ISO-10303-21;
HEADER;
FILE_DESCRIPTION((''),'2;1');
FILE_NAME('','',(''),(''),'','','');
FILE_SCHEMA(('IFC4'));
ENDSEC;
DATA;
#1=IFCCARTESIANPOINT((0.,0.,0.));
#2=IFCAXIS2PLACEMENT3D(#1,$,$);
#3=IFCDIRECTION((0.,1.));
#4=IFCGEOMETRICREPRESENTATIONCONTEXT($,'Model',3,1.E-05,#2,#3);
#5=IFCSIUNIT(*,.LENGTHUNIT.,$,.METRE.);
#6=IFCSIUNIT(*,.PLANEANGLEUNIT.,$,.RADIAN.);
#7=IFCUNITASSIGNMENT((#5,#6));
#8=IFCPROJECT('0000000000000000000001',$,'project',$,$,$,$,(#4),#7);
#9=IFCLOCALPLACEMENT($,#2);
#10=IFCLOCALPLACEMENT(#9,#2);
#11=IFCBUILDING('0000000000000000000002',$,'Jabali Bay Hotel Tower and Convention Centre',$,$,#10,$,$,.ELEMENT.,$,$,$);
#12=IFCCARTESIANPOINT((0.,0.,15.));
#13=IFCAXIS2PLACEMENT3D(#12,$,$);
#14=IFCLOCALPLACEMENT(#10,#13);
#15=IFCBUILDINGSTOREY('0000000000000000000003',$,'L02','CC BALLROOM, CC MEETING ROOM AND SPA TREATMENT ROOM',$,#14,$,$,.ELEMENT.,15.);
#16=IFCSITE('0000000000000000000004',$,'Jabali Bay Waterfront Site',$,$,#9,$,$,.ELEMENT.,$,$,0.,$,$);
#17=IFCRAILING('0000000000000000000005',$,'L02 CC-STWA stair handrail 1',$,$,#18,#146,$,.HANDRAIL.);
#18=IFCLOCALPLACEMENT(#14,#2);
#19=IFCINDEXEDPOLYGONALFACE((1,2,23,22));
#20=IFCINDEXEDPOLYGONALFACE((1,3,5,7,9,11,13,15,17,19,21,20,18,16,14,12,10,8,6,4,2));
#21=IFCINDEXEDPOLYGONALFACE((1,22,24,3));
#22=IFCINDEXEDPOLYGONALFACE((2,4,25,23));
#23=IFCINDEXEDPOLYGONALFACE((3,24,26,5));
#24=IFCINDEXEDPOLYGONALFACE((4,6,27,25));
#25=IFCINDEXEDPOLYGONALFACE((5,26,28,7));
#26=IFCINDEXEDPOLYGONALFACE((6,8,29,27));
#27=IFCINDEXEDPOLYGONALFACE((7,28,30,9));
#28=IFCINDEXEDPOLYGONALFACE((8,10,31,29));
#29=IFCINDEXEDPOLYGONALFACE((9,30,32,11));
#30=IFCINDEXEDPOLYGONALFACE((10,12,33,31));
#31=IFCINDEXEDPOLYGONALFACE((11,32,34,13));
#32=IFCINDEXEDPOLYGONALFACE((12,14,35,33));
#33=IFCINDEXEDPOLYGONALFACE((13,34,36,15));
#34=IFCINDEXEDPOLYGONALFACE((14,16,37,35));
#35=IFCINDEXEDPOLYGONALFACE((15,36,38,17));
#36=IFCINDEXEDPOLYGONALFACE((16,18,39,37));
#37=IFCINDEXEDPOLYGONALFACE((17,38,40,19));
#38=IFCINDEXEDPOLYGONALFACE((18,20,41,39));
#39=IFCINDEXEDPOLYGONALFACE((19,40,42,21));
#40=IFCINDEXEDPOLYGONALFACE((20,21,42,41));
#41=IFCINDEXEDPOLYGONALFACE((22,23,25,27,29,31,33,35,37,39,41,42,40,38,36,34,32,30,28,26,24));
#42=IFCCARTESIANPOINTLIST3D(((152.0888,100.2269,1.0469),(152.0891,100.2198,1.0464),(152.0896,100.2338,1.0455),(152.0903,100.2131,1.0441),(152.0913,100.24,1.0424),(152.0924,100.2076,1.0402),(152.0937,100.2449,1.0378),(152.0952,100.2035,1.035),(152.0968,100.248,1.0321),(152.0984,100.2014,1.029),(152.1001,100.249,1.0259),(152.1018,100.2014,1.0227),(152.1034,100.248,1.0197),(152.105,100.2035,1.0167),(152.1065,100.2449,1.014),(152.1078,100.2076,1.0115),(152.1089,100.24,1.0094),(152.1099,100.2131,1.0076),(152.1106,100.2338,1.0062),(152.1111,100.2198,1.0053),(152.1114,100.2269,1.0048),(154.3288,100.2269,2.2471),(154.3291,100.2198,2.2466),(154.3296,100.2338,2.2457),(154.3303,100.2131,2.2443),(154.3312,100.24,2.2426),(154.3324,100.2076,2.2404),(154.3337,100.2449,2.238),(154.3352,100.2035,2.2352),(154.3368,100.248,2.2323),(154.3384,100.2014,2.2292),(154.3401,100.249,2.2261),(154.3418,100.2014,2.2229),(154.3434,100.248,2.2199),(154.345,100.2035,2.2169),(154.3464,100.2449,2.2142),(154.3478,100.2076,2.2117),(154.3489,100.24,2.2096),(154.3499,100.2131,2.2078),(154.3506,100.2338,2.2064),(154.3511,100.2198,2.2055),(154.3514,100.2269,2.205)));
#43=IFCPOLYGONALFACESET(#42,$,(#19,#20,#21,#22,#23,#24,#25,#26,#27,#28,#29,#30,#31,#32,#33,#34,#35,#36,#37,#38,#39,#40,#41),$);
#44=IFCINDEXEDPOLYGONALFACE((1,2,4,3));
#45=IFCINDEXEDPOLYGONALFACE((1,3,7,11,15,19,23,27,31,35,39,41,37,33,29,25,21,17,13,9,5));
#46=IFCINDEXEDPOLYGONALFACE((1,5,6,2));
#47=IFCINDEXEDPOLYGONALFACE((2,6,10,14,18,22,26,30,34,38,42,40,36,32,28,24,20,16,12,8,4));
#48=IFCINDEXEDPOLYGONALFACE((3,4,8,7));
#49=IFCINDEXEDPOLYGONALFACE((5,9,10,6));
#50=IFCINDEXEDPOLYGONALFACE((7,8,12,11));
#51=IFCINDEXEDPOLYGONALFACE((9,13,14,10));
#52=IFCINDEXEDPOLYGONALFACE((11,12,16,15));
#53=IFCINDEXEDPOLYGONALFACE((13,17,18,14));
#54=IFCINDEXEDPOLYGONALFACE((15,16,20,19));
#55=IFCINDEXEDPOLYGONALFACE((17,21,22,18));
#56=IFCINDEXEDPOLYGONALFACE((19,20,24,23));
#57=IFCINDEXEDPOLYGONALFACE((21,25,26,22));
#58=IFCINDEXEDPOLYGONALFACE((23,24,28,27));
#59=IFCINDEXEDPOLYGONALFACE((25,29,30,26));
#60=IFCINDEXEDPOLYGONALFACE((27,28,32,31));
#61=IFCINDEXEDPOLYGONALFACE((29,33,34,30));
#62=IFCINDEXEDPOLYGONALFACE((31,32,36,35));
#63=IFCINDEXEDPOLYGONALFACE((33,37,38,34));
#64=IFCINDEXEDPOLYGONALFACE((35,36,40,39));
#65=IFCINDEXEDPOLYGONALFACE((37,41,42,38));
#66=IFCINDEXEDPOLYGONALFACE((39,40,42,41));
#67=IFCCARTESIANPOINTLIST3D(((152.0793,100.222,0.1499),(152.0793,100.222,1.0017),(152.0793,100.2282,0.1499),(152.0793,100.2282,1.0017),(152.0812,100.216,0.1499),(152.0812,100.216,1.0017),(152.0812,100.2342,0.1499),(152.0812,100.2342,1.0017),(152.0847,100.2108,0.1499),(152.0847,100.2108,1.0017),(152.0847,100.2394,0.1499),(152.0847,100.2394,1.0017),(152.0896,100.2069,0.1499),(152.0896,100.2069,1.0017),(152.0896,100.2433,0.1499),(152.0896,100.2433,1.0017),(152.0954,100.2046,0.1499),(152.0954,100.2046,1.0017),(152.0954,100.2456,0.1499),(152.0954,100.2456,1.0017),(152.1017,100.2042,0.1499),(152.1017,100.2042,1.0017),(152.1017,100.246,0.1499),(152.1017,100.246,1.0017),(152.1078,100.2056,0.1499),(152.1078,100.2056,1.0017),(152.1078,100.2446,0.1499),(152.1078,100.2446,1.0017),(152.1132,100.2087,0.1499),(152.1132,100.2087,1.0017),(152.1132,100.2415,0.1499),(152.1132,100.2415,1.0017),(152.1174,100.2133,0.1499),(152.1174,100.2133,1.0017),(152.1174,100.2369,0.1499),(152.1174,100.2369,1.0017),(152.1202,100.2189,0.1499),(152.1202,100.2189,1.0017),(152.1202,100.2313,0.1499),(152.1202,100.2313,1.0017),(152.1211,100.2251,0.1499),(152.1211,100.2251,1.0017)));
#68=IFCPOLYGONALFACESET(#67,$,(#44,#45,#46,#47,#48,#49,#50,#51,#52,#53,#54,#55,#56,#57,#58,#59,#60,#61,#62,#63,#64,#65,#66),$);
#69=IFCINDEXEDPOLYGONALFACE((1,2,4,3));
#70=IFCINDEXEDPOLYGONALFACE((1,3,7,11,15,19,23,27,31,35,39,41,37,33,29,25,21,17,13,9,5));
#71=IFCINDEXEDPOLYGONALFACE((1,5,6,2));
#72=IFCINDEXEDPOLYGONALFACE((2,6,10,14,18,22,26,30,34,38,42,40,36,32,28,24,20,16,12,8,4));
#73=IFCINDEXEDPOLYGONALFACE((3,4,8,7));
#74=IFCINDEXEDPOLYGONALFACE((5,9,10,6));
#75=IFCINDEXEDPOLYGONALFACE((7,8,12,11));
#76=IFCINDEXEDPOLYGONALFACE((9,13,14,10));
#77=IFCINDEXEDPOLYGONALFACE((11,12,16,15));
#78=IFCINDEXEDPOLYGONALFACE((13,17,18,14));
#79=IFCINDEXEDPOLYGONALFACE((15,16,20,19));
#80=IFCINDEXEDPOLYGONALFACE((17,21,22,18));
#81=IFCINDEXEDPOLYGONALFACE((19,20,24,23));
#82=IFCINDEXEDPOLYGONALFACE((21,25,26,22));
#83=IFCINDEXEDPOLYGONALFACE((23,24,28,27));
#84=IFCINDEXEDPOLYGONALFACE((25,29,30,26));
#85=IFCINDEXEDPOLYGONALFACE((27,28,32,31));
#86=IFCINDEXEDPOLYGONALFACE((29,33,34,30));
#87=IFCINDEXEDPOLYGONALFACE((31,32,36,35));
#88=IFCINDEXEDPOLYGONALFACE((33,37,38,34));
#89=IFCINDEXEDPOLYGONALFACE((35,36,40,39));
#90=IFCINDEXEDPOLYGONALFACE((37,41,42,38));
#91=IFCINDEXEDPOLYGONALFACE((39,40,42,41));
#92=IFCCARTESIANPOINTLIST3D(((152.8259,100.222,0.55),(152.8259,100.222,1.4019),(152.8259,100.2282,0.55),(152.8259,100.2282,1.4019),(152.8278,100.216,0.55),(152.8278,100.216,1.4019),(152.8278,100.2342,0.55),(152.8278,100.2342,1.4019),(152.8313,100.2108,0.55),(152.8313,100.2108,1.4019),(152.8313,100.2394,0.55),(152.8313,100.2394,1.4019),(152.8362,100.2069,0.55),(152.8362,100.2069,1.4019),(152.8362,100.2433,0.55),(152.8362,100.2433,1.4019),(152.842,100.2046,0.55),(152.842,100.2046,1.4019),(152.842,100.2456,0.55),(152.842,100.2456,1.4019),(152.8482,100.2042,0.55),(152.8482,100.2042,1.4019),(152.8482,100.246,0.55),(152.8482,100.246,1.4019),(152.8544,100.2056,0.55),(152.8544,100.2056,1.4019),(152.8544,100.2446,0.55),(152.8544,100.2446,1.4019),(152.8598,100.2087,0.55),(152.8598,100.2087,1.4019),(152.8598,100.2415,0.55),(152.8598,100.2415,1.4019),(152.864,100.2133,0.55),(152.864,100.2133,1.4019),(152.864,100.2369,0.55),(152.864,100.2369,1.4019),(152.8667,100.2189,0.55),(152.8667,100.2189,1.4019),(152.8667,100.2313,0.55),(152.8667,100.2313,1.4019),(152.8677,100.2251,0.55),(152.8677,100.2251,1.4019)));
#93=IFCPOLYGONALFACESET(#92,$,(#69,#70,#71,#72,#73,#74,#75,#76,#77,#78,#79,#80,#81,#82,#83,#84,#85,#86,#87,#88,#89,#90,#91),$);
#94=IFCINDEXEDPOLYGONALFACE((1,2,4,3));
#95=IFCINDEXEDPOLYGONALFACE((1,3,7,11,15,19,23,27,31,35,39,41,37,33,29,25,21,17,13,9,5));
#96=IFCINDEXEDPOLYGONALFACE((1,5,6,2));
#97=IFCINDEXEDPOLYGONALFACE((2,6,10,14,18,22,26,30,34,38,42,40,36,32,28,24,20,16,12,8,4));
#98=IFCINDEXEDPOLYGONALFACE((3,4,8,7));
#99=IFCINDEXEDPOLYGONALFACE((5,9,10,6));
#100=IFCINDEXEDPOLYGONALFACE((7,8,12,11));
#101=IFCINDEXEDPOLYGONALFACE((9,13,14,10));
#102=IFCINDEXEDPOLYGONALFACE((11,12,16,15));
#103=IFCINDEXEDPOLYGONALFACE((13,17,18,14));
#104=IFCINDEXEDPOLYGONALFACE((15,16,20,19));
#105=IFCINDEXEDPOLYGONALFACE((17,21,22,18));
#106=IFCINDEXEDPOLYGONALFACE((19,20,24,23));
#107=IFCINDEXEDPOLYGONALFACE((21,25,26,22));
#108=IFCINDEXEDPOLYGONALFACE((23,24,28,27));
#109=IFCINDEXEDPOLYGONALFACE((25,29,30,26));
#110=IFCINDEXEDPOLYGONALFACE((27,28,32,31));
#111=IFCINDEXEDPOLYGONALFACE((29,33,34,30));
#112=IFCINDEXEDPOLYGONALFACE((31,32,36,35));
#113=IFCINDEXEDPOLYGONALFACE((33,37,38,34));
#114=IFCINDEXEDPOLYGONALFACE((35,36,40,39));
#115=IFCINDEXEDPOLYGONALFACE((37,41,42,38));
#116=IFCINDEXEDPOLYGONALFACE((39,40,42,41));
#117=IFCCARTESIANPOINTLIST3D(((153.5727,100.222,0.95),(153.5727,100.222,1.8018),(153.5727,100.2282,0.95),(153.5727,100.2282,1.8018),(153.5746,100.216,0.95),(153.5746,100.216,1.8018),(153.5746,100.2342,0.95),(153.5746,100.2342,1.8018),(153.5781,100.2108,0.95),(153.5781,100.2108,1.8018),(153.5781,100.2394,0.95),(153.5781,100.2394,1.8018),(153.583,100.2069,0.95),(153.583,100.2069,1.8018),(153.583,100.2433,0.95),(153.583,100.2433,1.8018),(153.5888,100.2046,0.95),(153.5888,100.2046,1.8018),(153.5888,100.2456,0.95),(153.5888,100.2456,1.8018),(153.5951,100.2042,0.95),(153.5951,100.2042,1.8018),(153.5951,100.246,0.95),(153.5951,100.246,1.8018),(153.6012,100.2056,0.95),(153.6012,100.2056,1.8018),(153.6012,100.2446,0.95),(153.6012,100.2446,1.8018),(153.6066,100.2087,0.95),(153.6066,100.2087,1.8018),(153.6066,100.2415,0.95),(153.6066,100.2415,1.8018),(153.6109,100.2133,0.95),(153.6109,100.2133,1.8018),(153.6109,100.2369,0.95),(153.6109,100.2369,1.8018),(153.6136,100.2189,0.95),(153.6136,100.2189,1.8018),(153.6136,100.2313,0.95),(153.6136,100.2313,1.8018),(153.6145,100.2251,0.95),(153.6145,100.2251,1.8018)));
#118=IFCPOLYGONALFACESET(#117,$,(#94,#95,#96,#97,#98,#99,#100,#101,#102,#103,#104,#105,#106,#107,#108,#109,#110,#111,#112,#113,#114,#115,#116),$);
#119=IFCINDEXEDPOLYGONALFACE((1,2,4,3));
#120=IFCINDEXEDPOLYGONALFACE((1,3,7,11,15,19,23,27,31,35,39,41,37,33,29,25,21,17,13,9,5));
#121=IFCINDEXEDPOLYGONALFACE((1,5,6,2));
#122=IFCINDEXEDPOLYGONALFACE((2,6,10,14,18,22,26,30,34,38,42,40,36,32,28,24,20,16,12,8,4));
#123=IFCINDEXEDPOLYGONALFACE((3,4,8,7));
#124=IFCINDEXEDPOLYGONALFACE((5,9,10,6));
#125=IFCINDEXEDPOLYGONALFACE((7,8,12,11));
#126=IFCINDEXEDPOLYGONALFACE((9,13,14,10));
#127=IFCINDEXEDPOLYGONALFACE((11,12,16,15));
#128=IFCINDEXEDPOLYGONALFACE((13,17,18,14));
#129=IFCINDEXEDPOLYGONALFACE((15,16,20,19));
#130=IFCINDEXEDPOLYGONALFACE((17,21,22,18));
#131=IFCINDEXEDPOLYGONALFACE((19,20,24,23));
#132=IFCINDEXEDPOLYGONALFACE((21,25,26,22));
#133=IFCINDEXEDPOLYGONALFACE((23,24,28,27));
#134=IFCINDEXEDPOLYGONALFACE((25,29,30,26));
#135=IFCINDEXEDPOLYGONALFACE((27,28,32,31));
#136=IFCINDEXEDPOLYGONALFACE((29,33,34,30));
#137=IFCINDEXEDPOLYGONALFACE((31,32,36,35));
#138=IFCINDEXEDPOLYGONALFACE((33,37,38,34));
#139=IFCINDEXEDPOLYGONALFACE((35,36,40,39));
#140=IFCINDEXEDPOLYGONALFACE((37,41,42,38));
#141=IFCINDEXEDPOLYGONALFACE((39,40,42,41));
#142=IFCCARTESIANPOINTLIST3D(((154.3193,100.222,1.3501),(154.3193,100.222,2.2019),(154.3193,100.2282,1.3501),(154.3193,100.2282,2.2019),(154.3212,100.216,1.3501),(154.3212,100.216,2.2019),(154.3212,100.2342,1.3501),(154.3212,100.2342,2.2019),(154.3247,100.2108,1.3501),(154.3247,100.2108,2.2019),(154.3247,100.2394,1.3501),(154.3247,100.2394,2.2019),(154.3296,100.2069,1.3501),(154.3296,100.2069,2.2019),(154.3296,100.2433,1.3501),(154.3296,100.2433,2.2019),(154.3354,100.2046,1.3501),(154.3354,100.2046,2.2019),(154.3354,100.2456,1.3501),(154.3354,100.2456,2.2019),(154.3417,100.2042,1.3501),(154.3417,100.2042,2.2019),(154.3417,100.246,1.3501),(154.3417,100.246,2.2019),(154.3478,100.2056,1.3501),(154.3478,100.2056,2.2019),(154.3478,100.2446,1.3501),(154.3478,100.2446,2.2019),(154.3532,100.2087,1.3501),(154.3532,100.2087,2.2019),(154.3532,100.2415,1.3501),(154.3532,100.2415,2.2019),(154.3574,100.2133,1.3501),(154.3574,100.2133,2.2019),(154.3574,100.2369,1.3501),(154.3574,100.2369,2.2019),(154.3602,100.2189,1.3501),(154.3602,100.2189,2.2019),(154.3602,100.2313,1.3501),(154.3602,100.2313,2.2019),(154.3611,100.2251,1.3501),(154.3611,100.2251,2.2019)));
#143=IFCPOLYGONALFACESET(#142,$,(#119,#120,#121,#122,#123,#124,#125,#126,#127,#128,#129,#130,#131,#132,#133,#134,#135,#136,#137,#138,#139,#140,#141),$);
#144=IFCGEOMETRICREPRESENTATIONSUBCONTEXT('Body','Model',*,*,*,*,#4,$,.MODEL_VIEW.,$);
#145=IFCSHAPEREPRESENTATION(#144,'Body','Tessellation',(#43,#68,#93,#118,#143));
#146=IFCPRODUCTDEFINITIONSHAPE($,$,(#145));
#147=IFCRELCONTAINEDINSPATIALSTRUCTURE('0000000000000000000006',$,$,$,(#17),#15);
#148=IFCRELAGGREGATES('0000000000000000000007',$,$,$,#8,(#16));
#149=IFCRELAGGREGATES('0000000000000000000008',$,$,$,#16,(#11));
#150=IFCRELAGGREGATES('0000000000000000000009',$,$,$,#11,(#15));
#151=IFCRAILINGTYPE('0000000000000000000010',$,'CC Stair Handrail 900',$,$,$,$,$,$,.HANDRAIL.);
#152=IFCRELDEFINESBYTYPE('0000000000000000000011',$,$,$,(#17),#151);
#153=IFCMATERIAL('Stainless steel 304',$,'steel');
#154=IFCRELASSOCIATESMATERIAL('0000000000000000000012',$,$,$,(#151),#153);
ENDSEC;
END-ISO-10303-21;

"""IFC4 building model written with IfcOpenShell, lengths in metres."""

from ifc_helpers import new_model, si_unit, direction, frame, origin, origin_2d, place, context, subcontext, project, spatial, circle, extrude, material, type_object, element, save


model = new_model("IFC4")

# Units and contexts
model_context = context("Model", 3, precision=1e-05, world=origin(), true_north=direction((0.0, 1.0)))
body_context = subcontext(model_context, "Body", "Model", "MODEL_VIEW")
ifc_project = project(units=[si_unit("LENGTHUNIT", "METRE"), si_unit("PLANEANGLEUNIT", "RADIAN")], contexts=[model_context])

# Site, building, storey
site_placement = place(None, origin())
site = spatial("IfcSite", under=ifc_project, at=site_placement, Name="Jabali Bay Waterfront Site", CompositionType="ELEMENT", RefElevation=0.0)
building_placement = place(site_placement, origin())
building = spatial("IfcBuilding", under=site, at=building_placement, Name="Jabali Bay Hotel Tower and Convention Centre", CompositionType="ELEMENT")
storey_placement = place(building_placement, frame((0.0, 0.0, 15.0)))
storey = spatial("IfcBuildingStorey", under=building, at=storey_placement, Name="L02", Description="CC BALLROOM, CC MEETING ROOM AND SPA TREATMENT ROOM", CompositionType="ELEMENT", Elevation=15.0)

# Railing
ifc_material_1 = material(Name="Stainless steel 304", Category="steel")
railing_type_1 = type_object("IfcRailingType", Name="CC Stair Handrail 900", PredefinedType="HANDRAIL", material=ifc_material_1)
railing_1_placement = place(storey_placement, frame((152.1001, 100.2251, 0.1499)))
element("IfcRailing", 1, at=railing_1_placement, inside=storey, type_object=railing_type_1, Name="L02 CC-STWA stair handrail 1", PredefinedType="HANDRAIL", context=body_context, shape_type="SweptSolid", body=[
    extrude(circle(Radius=0.0239, at=origin_2d()), frame((0.0, 0.0, 0.876), z_axis=(0.881447, 0.0, 0.472283), x_axis=(0.0, 1.0, 0.0)), (0.0, 0.0, 1.0), 2.5413),
    extrude(circle(Radius=0.021, at=origin_2d()), origin(), (0.0, 0.0, 1.0), 0.8518),
    extrude(circle(Radius=0.021, at=origin_2d()), frame((0.7466, 0.0, 0.4001)), (0.0, 0.0, 1.0), 0.8518),
    extrude(circle(Radius=0.021, at=origin_2d()), frame((1.4934, 0.0, 0.8)), (0.0, 0.0, 1.0), 0.8518),
    extrude(circle(Radius=0.021, at=origin_2d()), frame((2.24, 0.0, 1.2002)), (0.0, 0.0, 1.0), 0.8518),
])

save(model, "model.ifc")
